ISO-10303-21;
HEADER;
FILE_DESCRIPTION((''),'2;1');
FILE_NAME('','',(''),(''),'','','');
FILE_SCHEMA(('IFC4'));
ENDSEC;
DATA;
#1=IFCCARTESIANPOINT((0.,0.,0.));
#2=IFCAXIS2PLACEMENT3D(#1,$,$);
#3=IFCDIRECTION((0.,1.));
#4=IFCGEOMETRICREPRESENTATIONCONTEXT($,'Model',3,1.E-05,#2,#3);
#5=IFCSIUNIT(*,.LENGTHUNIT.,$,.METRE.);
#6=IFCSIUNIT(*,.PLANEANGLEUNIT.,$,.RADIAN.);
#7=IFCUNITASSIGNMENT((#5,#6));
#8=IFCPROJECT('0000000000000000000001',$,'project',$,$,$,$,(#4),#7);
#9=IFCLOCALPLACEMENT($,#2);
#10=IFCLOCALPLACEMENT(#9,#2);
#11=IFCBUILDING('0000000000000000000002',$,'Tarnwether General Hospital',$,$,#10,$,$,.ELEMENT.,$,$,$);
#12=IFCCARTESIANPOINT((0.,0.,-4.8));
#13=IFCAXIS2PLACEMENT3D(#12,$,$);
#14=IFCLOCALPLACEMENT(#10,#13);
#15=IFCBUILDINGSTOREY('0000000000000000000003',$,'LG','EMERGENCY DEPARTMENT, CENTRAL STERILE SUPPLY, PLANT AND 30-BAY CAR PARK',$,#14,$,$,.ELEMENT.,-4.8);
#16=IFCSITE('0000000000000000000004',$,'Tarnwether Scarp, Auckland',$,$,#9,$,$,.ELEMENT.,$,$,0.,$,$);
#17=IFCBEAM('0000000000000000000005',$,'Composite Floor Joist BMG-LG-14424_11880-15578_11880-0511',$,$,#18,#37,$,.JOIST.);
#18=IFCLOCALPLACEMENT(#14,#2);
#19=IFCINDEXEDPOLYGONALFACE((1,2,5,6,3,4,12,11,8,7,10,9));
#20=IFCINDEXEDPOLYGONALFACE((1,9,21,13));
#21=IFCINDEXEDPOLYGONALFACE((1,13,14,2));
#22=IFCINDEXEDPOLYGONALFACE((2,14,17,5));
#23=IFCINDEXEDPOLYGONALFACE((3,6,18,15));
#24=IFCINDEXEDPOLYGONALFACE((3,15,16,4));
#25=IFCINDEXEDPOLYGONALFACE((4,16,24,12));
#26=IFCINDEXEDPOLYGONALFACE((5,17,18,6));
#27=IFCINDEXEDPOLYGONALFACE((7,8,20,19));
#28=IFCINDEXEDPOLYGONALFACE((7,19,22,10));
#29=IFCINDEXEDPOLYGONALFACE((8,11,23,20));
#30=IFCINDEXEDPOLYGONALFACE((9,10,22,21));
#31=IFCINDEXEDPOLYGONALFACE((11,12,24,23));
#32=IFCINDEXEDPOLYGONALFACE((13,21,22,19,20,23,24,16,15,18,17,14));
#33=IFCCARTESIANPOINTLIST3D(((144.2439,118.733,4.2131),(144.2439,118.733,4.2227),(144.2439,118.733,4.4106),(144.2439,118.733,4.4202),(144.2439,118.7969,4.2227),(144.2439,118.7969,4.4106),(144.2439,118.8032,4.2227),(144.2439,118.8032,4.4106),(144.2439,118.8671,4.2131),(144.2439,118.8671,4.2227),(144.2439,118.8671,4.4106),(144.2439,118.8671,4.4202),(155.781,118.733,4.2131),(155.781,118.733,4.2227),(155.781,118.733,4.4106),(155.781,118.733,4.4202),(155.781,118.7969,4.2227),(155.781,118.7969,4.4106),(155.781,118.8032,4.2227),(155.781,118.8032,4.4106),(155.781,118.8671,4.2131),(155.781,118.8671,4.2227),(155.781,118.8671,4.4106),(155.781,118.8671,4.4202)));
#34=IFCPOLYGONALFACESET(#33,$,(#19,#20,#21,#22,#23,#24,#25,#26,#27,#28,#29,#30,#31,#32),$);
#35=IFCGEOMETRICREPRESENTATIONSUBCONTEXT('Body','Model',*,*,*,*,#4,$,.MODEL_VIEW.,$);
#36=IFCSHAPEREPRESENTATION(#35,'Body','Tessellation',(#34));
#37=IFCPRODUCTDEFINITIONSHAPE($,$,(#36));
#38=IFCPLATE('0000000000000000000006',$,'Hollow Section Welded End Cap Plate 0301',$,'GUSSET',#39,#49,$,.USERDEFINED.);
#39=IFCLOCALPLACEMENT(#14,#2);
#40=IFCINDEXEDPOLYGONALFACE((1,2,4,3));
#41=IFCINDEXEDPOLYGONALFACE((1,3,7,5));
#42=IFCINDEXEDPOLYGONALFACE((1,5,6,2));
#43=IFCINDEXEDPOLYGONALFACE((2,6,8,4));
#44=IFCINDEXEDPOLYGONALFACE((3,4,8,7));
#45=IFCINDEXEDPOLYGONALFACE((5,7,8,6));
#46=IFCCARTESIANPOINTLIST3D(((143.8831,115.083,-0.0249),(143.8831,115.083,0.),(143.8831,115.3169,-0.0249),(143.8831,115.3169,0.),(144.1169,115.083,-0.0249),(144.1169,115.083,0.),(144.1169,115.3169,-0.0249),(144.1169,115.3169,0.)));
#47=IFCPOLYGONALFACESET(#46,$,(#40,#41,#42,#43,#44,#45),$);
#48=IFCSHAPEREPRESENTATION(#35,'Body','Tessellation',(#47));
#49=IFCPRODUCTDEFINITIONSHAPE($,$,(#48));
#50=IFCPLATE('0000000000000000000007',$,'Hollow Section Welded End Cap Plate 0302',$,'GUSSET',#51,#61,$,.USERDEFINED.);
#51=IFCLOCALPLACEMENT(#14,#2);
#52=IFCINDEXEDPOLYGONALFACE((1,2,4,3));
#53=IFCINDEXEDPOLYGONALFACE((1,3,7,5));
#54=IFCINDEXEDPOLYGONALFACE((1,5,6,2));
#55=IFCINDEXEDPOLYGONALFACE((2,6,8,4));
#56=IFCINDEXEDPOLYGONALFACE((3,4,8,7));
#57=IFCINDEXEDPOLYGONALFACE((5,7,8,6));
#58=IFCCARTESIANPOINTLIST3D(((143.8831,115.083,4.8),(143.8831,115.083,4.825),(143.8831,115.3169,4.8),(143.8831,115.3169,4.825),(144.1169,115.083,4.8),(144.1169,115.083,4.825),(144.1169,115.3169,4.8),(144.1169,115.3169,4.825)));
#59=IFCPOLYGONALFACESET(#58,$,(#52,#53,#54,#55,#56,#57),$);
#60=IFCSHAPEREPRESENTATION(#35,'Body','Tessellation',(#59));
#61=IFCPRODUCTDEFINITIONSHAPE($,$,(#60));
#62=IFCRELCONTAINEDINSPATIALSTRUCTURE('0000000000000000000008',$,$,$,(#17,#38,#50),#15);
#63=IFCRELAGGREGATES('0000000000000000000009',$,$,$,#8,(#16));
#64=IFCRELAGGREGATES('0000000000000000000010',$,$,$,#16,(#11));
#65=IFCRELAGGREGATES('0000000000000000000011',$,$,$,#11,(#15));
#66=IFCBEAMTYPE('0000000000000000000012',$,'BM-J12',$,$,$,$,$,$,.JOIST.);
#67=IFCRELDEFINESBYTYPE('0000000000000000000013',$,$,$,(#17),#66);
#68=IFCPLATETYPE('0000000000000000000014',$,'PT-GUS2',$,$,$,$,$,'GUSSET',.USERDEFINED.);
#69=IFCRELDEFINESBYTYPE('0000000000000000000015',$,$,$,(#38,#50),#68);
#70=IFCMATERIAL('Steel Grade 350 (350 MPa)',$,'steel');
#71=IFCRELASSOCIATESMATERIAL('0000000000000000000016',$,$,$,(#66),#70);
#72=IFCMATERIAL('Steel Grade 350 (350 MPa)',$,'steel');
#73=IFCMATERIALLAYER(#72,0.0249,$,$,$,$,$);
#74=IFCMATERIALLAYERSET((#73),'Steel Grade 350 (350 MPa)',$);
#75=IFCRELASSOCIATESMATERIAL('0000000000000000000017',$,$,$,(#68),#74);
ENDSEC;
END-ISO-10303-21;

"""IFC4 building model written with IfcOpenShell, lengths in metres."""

from ifc_helpers import new_model, si_unit, direction, frame, origin, origin_2d, place, context, subcontext, project, spatial, rectangle, i_section, extrude, material, layer, layer_set, material_profile, profile_set, type_object, element, save


model = new_model("IFC4")

# Units and contexts
model_context = context("Model", 3, precision=1e-05, world=origin(), true_north=direction((0.0, 1.0)))
body_context = subcontext(model_context, "Body", "Model", "MODEL_VIEW")
ifc_project = project(units=[si_unit("LENGTHUNIT", "METRE"), si_unit("PLANEANGLEUNIT", "RADIAN")], contexts=[model_context])

# Site, building, storey
site_placement = place(None, origin())
site = spatial("IfcSite", under=ifc_project, at=site_placement, Name="Tarnwether Scarp, Auckland", CompositionType="ELEMENT", RefElevation=0.0)
building_placement = place(site_placement, origin())
building = spatial("IfcBuilding", under=site, at=building_placement, Name="Tarnwether General Hospital", CompositionType="ELEMENT")
storey_placement = place(building_placement, frame((0.0, 0.0, -4.8)))
storey = spatial("IfcBuildingStorey", under=building, at=storey_placement, Name="LG", Description="EMERGENCY DEPARTMENT, CENTRAL STERILE SUPPLY, PLANT AND 30-BAY CAR PARK", CompositionType="ELEMENT", Elevation=-4.8)

# Beam
ifc_material_1 = material(Name="Steel Grade 350 (350 MPa)", Category="steel")
ifc_material_profile_1 = material_profile(ifc_material_1, i_section(OverallWidth=0.134, OverallDepth=0.207, WebThickness=0.0063, FlangeThickness=0.0095, at=origin_2d()), Name="200UB29.8")
ifc_profile_set_1 = profile_set([ifc_material_profile_1], Name="Steel Grade 350 (350 MPa)")
beam_type_1 = type_object("IfcBeamType", Name="BM-J12", PredefinedType="JOIST", material=ifc_profile_set_1)
beam_1_placement = place(storey_placement, frame((144.2439, 118.8, 4.3167), z_axis=(1.0, 0.0, 0.0), x_axis=(0.0, 1.0, 0.0)))
element("IfcBeam", 1, at=beam_1_placement, inside=storey, type_object=beam_type_1, Name="Composite Floor Joist BMG-LG-14424_11880-15578_11880-0511", PredefinedType="JOIST", context=body_context, shape_type="SweptSolid", body=[
    extrude(i_section(OverallWidth=0.134, OverallDepth=0.207, WebThickness=0.0063, FlangeThickness=0.0095, at=origin_2d()), origin(), (0.0, 0.0, 1.0), 11.5371),
])

# Plates
ifc_material_2 = material(Name="Steel Grade 350 (350 MPa)", Category="steel")
ifc_layer = layer(ifc_material_2, 0.0249)
ifc_layer_set = layer_set([ifc_layer], Name="Steel Grade 350 (350 MPa)")
plate_type = type_object("IfcPlateType", Name="PT-GUS2", ElementType="GUSSET", PredefinedType="USERDEFINED", material=ifc_layer_set)
for number, where, z_axis, x_axis, name in (
    (2, (144.0, 115.2, -0.0249), (0.0, 0.0, 1.0), (1.0, 0.0, 0.0), "Hollow Section Welded End Cap Plate 0301"),
    (3, (144.0, 115.2, 4.8), (0.0, 0.0, 1.0), (1.0, 0.0, 0.0), "Hollow Section Welded End Cap Plate 0302"),
):
    element("IfcPlate", number, at=place(storey_placement, frame(where, z_axis=z_axis, x_axis=x_axis)), inside=storey, type_object=plate_type, Name=name, ObjectType="GUSSET", PredefinedType="USERDEFINED", context=body_context, shape_type="SweptSolid", body=[
        extrude(rectangle(XDim=0.2339, YDim=0.2339, at=origin_2d()), origin(), (0.0, 0.0, 1.0), 0.0249),
    ])

save(model, "model.ifc")
